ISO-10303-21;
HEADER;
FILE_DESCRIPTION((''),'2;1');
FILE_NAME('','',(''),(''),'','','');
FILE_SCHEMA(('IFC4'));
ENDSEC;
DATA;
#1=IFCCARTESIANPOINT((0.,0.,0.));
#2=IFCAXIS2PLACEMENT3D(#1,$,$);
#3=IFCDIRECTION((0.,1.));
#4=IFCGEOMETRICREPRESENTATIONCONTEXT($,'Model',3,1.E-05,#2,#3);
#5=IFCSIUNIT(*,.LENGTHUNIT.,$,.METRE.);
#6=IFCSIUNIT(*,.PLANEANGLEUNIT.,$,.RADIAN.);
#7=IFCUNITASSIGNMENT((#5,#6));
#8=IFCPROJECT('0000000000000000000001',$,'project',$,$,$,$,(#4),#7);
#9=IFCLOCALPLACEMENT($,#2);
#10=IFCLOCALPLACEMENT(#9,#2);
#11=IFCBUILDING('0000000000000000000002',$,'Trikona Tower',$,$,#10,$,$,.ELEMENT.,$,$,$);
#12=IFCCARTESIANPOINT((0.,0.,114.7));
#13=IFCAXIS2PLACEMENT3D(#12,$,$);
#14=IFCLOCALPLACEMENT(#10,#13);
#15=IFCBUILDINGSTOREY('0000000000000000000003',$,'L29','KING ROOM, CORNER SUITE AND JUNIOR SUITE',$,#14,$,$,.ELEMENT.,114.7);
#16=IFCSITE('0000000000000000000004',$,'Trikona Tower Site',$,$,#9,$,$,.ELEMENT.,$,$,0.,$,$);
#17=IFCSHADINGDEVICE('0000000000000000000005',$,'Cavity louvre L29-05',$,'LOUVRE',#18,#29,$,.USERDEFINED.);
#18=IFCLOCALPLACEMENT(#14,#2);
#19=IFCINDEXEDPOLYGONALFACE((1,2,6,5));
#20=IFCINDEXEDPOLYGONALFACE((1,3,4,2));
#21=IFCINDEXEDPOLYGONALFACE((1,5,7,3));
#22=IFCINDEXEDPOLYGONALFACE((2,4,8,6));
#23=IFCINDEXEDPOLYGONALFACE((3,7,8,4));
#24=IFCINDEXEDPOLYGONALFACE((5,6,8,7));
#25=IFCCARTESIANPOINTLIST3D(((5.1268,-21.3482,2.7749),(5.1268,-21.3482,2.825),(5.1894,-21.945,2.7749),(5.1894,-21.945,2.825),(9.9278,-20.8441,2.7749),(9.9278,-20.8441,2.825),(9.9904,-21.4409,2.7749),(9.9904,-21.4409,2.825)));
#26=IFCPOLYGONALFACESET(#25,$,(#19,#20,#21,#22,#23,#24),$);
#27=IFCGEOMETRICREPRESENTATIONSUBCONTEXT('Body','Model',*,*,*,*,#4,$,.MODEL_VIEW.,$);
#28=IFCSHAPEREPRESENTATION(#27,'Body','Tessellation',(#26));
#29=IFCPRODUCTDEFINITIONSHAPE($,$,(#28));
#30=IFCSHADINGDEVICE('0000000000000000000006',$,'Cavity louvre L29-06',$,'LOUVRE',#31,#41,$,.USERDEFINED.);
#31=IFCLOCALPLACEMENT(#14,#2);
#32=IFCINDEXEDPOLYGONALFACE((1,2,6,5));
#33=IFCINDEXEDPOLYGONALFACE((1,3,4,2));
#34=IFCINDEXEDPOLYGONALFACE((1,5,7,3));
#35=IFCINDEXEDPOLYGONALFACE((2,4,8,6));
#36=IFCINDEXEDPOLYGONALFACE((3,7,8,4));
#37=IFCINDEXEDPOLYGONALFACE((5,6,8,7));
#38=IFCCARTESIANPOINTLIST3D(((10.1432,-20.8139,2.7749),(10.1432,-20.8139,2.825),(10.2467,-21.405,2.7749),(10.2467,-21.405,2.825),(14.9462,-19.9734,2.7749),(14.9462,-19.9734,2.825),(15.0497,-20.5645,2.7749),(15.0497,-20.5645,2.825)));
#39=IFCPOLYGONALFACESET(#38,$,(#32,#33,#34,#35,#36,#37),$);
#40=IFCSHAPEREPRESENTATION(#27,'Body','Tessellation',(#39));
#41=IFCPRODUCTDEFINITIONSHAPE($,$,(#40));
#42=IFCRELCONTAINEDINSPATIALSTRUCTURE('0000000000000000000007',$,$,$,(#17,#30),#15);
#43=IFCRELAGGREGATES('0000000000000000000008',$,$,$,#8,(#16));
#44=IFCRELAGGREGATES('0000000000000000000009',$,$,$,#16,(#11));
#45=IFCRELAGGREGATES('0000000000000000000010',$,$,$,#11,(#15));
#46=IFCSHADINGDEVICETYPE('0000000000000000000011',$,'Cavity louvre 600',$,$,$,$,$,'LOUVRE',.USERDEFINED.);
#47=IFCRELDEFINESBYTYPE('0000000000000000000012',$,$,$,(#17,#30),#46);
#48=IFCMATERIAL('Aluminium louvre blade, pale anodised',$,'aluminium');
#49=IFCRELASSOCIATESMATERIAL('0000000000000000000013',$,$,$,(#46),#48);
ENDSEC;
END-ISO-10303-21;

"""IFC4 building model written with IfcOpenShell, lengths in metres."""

from ifc_helpers import new_model, si_unit, direction, frame, origin, origin_2d, place, context, subcontext, project, spatial, rectangle, extrude, material, type_object, element, save


model = new_model("IFC4")

# Units and contexts
model_context = context("Model", 3, precision=1e-05, world=origin(), true_north=direction((0.0, 1.0)))
body_context = subcontext(model_context, "Body", "Model", "MODEL_VIEW")
ifc_project = project(units=[si_unit("LENGTHUNIT", "METRE"), si_unit("PLANEANGLEUNIT", "RADIAN")], contexts=[model_context])

# Site, building, storey
site_placement = place(None, origin())
site = spatial("IfcSite", under=ifc_project, at=site_placement, Name="Trikona Tower Site", CompositionType="ELEMENT", RefElevation=0.0)
building_placement = place(site_placement, origin())
building = spatial("IfcBuilding", under=site, at=building_placement, Name="Trikona Tower", CompositionType="ELEMENT")
storey_placement = place(building_placement, frame((0.0, 0.0, 114.7)))
storey = spatial("IfcBuildingStorey", under=building, at=storey_placement, Name="L29", Description="KING ROOM, CORNER SUITE AND JUNIOR SUITE", CompositionType="ELEMENT", Elevation=114.7)

# Shading devices
ifc_material_1 = material(Name="Aluminium louvre blade, pale anodised", Category="aluminium")
shading_device_type = type_object("IfcShadingDeviceType", Name="Cavity louvre 600", ElementType="LOUVRE", PredefinedType="USERDEFINED", material=ifc_material_1)
shading_device_1_placement = place(storey_placement, frame((7.5586, -21.3945, 2.7749), z_axis=(0.0, 0.0, 1.0), x_axis=(0.994533, 0.104426, 0.0)))
element("IfcShadingDevice", 1, at=shading_device_1_placement, inside=storey, type_object=shading_device_type, Name="Cavity louvre L29-05", ObjectType="LOUVRE", PredefinedType="USERDEFINED", context=body_context, shape_type="SweptSolid", body=[
    extrude(rectangle(XDim=4.8274, YDim=0.6001, at=origin_2d()), origin(), (0.0, 0.0, 1.0), 0.05),
])
shading_device_2_placement = place(storey_placement, frame((12.5964, -20.6892, 2.7749), z_axis=(0.0, 0.0, 1.0), x_axis=(0.985031, 0.17238, 0.0)))
element("IfcShadingDevice", 2, at=shading_device_2_placement, inside=storey, type_object=shading_device_type, Name="Cavity louvre L29-06", ObjectType="LOUVRE", PredefinedType="USERDEFINED", context=body_context, shape_type="SweptSolid", body=[
    extrude(rectangle(XDim=4.876, YDim=0.6001, at=origin_2d()), origin(), (0.0, 0.0, 1.0), 0.05),
])

save(model, "model.ifc")
